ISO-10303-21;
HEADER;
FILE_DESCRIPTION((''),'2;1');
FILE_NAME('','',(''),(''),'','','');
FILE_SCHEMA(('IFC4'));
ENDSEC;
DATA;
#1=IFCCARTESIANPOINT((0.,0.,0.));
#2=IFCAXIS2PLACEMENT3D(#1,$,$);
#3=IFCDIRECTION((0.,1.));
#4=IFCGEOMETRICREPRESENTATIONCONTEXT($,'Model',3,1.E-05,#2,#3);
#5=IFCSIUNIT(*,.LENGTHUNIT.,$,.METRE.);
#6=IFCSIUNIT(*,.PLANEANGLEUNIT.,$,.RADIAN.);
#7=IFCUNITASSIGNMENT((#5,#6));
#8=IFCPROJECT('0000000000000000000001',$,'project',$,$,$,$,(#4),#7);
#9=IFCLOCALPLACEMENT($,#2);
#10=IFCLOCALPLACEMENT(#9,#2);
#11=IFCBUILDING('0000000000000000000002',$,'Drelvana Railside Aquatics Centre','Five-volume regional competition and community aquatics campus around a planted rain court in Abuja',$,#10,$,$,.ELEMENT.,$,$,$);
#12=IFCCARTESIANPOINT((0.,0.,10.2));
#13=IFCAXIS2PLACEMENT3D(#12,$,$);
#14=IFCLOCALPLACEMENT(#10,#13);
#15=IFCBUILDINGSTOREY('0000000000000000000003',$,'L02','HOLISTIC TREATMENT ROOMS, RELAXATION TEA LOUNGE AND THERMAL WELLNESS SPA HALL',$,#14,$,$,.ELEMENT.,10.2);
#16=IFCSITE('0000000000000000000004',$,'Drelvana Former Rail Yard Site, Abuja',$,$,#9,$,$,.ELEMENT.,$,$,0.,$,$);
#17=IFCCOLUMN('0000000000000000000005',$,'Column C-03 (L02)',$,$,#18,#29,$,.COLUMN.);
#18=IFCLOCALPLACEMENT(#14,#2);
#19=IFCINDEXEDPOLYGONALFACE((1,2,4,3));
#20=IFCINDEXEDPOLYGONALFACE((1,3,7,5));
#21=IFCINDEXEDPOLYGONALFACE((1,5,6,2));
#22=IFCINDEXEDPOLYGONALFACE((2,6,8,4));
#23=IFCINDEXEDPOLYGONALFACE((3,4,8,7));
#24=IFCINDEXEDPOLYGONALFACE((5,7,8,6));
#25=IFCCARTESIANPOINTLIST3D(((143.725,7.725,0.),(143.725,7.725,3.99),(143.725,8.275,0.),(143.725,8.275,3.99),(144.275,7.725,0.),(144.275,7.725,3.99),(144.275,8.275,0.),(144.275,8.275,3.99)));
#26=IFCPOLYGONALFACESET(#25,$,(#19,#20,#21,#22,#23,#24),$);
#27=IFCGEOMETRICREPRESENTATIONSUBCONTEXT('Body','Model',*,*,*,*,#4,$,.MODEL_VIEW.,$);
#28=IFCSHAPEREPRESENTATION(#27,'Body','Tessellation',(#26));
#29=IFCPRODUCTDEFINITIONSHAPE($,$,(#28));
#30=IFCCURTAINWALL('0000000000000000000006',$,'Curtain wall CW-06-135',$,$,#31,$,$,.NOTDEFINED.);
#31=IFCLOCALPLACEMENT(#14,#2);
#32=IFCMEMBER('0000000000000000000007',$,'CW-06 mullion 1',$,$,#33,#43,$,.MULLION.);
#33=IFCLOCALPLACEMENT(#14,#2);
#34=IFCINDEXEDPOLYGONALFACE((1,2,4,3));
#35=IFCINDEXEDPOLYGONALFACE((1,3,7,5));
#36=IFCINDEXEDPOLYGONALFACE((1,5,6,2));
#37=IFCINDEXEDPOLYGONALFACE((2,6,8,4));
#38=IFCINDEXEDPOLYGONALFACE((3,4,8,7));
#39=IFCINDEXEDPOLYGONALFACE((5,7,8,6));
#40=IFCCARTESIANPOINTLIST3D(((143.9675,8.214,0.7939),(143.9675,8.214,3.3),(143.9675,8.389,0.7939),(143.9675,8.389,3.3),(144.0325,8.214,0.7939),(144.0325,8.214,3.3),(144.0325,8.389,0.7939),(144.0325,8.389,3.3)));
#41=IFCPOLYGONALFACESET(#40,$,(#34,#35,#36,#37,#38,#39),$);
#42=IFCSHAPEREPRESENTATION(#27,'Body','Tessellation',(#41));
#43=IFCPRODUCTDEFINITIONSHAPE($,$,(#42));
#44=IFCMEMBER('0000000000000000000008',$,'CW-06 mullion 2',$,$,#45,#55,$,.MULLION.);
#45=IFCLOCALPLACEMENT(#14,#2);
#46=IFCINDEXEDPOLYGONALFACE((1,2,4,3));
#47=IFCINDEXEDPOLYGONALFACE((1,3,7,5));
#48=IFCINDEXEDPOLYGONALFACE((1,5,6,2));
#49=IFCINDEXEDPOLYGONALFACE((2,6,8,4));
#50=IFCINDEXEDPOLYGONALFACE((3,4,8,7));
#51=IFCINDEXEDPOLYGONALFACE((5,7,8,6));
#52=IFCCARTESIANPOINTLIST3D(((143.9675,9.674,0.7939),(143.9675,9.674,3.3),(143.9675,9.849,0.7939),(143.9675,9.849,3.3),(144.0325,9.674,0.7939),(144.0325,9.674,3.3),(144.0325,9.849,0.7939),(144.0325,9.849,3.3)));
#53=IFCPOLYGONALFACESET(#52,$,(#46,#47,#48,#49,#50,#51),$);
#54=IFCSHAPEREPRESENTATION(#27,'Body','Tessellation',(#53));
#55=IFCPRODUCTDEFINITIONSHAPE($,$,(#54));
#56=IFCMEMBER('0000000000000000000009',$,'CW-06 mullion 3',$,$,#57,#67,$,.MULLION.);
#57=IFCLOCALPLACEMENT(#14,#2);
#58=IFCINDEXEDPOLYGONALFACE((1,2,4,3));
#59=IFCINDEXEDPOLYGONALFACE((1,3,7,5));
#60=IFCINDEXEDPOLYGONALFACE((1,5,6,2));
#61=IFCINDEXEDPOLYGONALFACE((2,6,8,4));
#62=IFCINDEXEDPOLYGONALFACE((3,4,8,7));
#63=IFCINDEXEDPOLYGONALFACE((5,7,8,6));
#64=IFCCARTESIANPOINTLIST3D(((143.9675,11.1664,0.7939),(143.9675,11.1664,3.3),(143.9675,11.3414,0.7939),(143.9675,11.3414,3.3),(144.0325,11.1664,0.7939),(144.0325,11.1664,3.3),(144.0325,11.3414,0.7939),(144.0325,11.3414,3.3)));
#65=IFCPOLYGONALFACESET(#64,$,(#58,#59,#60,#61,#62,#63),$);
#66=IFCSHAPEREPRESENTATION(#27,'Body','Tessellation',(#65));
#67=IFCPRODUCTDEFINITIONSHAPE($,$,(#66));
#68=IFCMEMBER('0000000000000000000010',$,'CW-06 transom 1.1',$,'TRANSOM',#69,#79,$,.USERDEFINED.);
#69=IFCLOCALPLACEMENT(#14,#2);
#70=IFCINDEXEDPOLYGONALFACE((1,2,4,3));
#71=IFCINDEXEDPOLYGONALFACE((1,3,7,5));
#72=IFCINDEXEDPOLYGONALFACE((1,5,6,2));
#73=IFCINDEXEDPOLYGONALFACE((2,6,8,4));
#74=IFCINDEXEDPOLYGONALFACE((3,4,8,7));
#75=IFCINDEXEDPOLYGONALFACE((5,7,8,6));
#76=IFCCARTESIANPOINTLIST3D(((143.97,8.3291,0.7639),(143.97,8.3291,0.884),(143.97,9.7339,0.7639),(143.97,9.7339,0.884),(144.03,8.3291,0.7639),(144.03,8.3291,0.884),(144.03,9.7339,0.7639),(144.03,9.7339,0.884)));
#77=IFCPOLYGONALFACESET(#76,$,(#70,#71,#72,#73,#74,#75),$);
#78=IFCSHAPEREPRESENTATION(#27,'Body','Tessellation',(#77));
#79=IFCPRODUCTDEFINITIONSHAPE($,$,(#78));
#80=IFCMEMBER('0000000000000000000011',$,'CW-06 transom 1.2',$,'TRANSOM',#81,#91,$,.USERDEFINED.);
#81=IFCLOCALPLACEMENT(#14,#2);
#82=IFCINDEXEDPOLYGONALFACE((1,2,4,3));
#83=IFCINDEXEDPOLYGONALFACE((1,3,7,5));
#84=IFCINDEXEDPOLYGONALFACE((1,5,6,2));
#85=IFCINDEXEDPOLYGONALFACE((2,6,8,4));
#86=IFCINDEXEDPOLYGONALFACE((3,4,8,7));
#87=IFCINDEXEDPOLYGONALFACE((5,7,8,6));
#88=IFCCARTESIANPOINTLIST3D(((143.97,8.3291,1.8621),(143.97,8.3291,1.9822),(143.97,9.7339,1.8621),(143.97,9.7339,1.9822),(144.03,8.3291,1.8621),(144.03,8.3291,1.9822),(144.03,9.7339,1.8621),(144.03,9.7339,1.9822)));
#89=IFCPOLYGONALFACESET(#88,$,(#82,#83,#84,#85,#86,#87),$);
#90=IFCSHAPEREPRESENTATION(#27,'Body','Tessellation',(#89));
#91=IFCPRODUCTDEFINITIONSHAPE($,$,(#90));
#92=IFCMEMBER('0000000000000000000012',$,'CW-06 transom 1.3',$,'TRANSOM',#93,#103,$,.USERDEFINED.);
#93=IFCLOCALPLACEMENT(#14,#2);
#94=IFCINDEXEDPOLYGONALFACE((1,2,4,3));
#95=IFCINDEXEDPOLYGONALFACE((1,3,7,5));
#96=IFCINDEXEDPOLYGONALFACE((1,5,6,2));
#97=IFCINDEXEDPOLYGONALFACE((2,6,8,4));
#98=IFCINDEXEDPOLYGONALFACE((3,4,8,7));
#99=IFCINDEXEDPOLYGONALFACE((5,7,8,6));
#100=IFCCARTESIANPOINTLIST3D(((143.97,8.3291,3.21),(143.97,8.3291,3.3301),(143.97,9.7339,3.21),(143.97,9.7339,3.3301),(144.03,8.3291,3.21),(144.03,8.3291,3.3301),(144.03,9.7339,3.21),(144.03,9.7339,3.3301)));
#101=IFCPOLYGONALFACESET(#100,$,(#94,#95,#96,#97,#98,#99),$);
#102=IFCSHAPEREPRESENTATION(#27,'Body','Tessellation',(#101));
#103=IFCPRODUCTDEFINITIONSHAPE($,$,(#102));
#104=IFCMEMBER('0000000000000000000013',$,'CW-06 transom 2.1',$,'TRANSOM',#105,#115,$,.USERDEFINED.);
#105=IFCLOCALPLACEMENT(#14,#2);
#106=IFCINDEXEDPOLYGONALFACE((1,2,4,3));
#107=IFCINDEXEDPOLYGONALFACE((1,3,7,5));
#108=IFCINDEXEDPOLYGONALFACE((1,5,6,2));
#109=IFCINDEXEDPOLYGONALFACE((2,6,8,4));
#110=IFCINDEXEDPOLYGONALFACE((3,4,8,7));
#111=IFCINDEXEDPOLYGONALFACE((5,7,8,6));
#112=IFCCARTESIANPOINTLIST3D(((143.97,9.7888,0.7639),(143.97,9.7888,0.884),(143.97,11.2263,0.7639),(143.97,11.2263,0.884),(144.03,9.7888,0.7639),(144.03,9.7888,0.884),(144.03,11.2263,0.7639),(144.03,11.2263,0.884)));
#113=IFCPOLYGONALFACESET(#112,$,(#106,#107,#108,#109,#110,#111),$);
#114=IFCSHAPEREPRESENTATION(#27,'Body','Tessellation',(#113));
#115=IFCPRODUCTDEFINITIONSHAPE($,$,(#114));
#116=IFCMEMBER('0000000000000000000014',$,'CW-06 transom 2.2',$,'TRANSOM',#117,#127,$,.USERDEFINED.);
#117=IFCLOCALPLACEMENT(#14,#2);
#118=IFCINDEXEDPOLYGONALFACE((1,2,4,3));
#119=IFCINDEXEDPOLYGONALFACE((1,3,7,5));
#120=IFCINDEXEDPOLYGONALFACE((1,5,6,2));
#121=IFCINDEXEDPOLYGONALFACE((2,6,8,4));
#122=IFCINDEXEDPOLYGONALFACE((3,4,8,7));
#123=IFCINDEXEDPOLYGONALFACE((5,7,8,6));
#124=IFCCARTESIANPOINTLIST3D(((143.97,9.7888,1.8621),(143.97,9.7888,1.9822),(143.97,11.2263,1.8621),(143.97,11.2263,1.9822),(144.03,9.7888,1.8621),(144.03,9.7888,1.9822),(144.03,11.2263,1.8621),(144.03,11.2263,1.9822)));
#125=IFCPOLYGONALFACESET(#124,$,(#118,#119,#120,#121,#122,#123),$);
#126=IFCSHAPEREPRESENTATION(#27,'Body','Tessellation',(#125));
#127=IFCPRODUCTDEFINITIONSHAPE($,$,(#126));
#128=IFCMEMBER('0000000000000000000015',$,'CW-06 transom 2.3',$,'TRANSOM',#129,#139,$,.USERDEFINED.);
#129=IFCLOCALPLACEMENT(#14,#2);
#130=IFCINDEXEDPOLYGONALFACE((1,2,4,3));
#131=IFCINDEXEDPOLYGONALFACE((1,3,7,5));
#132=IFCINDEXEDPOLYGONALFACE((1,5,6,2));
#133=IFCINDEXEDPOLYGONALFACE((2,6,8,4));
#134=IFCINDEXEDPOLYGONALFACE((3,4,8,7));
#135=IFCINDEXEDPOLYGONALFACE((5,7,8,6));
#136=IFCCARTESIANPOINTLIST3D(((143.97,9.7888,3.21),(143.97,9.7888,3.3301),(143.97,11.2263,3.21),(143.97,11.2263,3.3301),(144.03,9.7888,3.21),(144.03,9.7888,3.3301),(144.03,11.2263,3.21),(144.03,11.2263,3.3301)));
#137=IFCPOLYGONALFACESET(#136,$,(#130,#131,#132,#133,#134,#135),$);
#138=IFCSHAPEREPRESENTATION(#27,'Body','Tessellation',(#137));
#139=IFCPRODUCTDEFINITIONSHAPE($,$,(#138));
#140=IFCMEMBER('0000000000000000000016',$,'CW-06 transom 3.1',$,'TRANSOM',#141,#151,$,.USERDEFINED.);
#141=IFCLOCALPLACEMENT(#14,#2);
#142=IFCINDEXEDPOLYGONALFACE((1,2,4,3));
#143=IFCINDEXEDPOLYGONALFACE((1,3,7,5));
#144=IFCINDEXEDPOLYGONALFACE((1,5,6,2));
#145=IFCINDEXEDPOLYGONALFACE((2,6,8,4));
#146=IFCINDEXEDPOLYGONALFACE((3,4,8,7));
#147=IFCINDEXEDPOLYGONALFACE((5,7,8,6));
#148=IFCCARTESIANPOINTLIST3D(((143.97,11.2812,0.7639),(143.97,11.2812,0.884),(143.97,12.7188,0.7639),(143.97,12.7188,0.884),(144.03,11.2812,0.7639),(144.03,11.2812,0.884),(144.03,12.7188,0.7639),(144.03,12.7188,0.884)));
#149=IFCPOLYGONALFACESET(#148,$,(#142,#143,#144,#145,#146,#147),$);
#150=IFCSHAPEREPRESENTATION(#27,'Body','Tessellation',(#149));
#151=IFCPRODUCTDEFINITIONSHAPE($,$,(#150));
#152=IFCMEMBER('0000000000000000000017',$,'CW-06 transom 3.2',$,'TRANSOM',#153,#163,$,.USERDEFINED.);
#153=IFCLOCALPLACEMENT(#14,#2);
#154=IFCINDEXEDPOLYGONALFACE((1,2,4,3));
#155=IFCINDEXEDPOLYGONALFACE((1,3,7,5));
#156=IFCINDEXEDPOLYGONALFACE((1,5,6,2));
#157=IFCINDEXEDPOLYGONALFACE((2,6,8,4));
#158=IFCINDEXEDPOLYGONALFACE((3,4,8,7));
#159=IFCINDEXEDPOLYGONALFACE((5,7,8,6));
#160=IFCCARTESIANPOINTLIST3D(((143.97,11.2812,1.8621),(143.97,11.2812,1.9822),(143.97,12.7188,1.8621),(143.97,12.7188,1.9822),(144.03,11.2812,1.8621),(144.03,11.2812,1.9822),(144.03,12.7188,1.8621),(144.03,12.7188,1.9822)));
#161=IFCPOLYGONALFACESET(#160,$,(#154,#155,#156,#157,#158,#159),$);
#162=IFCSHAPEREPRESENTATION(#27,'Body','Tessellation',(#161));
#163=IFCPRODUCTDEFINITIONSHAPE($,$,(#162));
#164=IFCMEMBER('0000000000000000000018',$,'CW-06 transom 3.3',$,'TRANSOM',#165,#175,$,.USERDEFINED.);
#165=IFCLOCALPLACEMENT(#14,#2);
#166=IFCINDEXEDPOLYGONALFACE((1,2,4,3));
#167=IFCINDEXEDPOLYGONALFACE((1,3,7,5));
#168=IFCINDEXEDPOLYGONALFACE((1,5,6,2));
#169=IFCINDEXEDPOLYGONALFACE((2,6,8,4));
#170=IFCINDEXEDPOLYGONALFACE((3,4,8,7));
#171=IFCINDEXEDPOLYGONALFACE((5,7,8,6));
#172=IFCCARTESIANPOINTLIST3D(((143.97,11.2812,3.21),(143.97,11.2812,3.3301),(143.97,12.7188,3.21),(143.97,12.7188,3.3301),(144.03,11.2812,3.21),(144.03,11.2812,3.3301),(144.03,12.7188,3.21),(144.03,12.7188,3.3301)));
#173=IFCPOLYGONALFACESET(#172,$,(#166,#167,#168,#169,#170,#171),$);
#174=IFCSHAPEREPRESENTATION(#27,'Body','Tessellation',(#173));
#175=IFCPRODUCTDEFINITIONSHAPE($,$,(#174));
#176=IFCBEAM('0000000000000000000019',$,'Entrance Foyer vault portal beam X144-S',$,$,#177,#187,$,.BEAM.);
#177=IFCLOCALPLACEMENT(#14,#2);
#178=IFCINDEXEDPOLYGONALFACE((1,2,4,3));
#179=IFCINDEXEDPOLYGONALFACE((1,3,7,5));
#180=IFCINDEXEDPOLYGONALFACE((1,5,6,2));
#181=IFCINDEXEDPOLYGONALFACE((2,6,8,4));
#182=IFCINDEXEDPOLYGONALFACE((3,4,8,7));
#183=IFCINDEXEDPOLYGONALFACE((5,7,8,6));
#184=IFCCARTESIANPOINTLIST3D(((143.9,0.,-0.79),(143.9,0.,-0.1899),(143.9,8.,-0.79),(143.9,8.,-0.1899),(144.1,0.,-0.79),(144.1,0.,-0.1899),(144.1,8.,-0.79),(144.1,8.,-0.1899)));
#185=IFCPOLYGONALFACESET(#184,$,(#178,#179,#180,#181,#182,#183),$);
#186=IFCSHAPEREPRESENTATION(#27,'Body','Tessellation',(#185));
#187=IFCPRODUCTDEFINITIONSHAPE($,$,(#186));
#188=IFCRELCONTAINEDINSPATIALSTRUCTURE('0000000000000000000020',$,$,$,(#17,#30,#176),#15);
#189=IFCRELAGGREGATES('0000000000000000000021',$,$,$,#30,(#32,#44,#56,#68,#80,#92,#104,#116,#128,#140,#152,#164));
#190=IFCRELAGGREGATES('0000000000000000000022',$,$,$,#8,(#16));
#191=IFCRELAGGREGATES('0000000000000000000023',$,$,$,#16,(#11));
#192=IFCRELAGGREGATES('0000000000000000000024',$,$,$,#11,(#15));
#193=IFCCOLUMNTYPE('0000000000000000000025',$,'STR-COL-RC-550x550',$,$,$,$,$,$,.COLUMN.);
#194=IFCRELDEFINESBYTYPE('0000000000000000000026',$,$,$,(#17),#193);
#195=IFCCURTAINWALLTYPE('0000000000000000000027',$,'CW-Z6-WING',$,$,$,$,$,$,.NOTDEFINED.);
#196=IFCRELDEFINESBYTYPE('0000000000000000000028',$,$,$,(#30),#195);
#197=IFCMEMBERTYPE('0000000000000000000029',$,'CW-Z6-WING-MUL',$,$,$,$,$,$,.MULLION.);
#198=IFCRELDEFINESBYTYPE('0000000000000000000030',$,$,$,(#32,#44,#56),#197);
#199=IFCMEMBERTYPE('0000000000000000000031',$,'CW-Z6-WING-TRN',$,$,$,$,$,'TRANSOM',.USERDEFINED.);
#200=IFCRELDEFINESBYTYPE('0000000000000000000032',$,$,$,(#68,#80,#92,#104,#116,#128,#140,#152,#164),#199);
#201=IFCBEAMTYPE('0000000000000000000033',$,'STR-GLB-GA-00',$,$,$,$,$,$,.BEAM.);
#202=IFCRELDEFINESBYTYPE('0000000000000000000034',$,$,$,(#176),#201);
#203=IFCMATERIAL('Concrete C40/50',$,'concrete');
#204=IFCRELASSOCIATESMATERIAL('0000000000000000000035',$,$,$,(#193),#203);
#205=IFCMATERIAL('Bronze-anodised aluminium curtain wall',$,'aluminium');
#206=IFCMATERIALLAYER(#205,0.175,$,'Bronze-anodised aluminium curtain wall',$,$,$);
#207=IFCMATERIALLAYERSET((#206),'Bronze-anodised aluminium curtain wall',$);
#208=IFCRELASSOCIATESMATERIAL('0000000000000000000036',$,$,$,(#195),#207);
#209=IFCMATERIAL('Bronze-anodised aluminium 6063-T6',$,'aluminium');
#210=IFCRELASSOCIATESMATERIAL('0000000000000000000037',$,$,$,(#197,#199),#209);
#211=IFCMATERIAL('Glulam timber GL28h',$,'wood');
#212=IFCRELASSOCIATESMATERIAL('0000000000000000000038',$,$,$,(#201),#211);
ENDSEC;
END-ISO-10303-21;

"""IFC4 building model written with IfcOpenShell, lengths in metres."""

from ifc_helpers import new_model, si_unit, direction, frame, origin, origin_2d, place, context, subcontext, project, spatial, rectangle, extrude, material, layer, layer_set, material_profile, profile_set, type_object, element, aggregate, save


model = new_model("IFC4")

# Units and contexts
model_context = context("Model", 3, precision=1e-05, world=origin(), true_north=direction((0.0, 1.0)))
body_context = subcontext(model_context, "Body", "Model", "MODEL_VIEW")
ifc_project = project(units=[si_unit("LENGTHUNIT", "METRE"), si_unit("PLANEANGLEUNIT", "RADIAN")], contexts=[model_context])

# Site, building, storey
site_placement = place(None, origin())
site = spatial("IfcSite", under=ifc_project, at=site_placement, Name="Drelvana Former Rail Yard Site, Abuja", CompositionType="ELEMENT", RefElevation=0.0)
building_placement = place(site_placement, origin())
building = spatial("IfcBuilding", under=site, at=building_placement, Name="Drelvana Railside Aquatics Centre", Description="Five-volume regional competition and community aquatics campus around a planted rain court in Abuja", CompositionType="ELEMENT")
storey_placement = place(building_placement, frame((0.0, 0.0, 10.2)))
storey = spatial("IfcBuildingStorey", under=building, at=storey_placement, Name="L02", Description="HOLISTIC TREATMENT ROOMS, RELAXATION TEA LOUNGE AND THERMAL WELLNESS SPA HALL", CompositionType="ELEMENT", Elevation=10.2)

# Column
ifc_material_1 = material(Name="Concrete C40/50", Category="concrete")
ifc_material_profile_1 = material_profile(ifc_material_1, rectangle(XDim=0.55, YDim=0.55, at=origin_2d()), Name="RC 550x550")
ifc_profile_set_1 = profile_set([ifc_material_profile_1], Name="Concrete C40/50")
column_type = type_object("IfcColumnType", Name="STR-COL-RC-550x550", PredefinedType="COLUMN", material=ifc_profile_set_1)
column_placement = place(storey_placement, frame((144.0, 8.0, 0.0), z_axis=(0.0, 0.0, 1.0), x_axis=(1.0, 0.0, 0.0)))
element("IfcColumn", 1, at=column_placement, inside=storey, type_object=column_type, Name="Column C-03 (L02)", PredefinedType="COLUMN", context=body_context, shape_type="SweptSolid", body=[
    extrude(rectangle(XDim=0.55, YDim=0.55, at=origin_2d()), origin(), (0.0, 0.0, 1.0), 3.99),
])

# Curtain wall, members
ifc_material_2 = material(Name="Bronze-anodised aluminium curtain wall", Category="aluminium")
ifc_layer_1 = layer(ifc_material_2, 0.175, Name="Bronze-anodised aluminium curtain wall")
ifc_layer_set_1 = layer_set([ifc_layer_1], Name="Bronze-anodised aluminium curtain wall")
curtain_wall_type = type_object("IfcCurtainWallType", Name="CW-Z6-WING", PredefinedType="NOTDEFINED", material=ifc_layer_set_1)
curtain_wall_placement = place(storey_placement, origin())
curtain_wall = element("IfcCurtainWall", 2, at=curtain_wall_placement, inside=storey, type_object=curtain_wall_type, Name="Curtain wall CW-06-135", PredefinedType="NOTDEFINED")
ifc_material_3 = material(Name="Bronze-anodised aluminium 6063-T6", Category="aluminium")
ifc_material_profile_2 = material_profile(ifc_material_3, rectangle(XDim=0.0649, YDim=0.175, at=origin_2d()), Name="ALU-M 65x175")
ifc_profile_set_2 = profile_set([ifc_material_profile_2], Name="Bronze-anodised aluminium 6063-T6")
member_type_1 = type_object("IfcMemberType", Name="CW-Z6-WING-MUL", PredefinedType="MULLION", material=ifc_profile_set_2)
member_1_placement = place(storey_placement, frame((144.0, 8.3015, 0.7939), z_axis=(0.0, 0.0, 1.0), x_axis=(-1.0, 0.0, 0.0)))
member_1 = element("IfcMember", 3, at=member_1_placement, type_object=member_type_1, Name="CW-06 mullion 1", PredefinedType="MULLION", context=body_context, shape_type="SweptSolid", body=[
    extrude(rectangle(XDim=0.0649, YDim=0.175, at=origin_2d()), origin(), (0.0, 0.0, 1.0), 2.5061),
])
member_2_placement = place(storey_placement, frame((144.0, 9.7615, 0.7939), z_axis=(0.0, 0.0, 1.0), x_axis=(-1.0, 0.0, 0.0)))
member_2 = element("IfcMember", 4, at=member_2_placement, type_object=member_type_1, Name="CW-06 mullion 2", PredefinedType="MULLION", context=body_context, shape_type="SweptSolid", body=[
    extrude(rectangle(XDim=0.0649, YDim=0.175, at=origin_2d()), origin(), (0.0, 0.0, 1.0), 2.5061),
])
member_3_placement = place(storey_placement, frame((144.0, 11.2539, 0.7939), z_axis=(0.0, 0.0, 1.0), x_axis=(-1.0, 0.0, 0.0)))
member_3 = element("IfcMember", 5, at=member_3_placement, type_object=member_type_1, Name="CW-06 mullion 3", PredefinedType="MULLION", context=body_context, shape_type="SweptSolid", body=[
    extrude(rectangle(XDim=0.0649, YDim=0.175, at=origin_2d()), origin(), (0.0, 0.0, 1.0), 2.5061),
])
ifc_material_profile_3 = material_profile(ifc_material_3, rectangle(XDim=0.1201, YDim=0.0601, at=origin_2d()), Name="ALU-T 60x120")
ifc_profile_set_3 = profile_set([ifc_material_profile_3], Name="Bronze-anodised aluminium 6063-T6")
member_type_2 = type_object("IfcMemberType", Name="CW-Z6-WING-TRN", ElementType="TRANSOM", PredefinedType="USERDEFINED", material=ifc_profile_set_3)
member_4_placement = place(storey_placement, frame((144.0, 8.3291, 0.824), z_axis=(0.0, 1.0, 0.0), x_axis=(0.0, 0.0, 1.0)))
member_4 = element("IfcMember", 6, at=member_4_placement, type_object=member_type_2, Name="CW-06 transom 1.1", ObjectType="TRANSOM", PredefinedType="USERDEFINED", context=body_context, shape_type="SweptSolid", body=[
    extrude(rectangle(XDim=0.1201, YDim=0.0601, at=origin_2d()), origin(), (0.0, 0.0, 1.0), 1.4048),
])
member_5_placement = place(storey_placement, frame((144.0, 8.3291, 1.9221), z_axis=(0.0, 1.0, 0.0), x_axis=(0.0, 0.0, 1.0)))
member_5 = element("IfcMember", 7, at=member_5_placement, type_object=member_type_2, Name="CW-06 transom 1.2", ObjectType="TRANSOM", PredefinedType="USERDEFINED", context=body_context, shape_type="SweptSolid", body=[
    extrude(rectangle(XDim=0.1201, YDim=0.0601, at=origin_2d()), origin(), (0.0, 0.0, 1.0), 1.4048),
])
member_6_placement = place(storey_placement, frame((144.0, 8.3291, 3.27), z_axis=(0.0, 1.0, 0.0), x_axis=(0.0, 0.0, 1.0)))
member_6 = element("IfcMember", 8, at=member_6_placement, type_object=member_type_2, Name="CW-06 transom 1.3", ObjectType="TRANSOM", PredefinedType="USERDEFINED", context=body_context, shape_type="SweptSolid", body=[
    extrude(rectangle(XDim=0.1201, YDim=0.0601, at=origin_2d()), origin(), (0.0, 0.0, 1.0), 1.4048),
])
member_7_placement = place(storey_placement, frame((144.0, 9.7888, 0.824), z_axis=(0.0, 1.0, 0.0), x_axis=(0.0, 0.0, 1.0)))
member_7 = element("IfcMember", 9, at=member_7_placement, type_object=member_type_2, Name="CW-06 transom 2.1", ObjectType="TRANSOM", PredefinedType="USERDEFINED", context=body_context, shape_type="SweptSolid", body=[
    extrude(rectangle(XDim=0.1201, YDim=0.0601, at=origin_2d()), origin(), (0.0, 0.0, 1.0), 1.4375),
])
member_8_placement = place(storey_placement, frame((144.0, 9.7888, 1.9221), z_axis=(0.0, 1.0, 0.0), x_axis=(0.0, 0.0, 1.0)))
member_8 = element("IfcMember", 10, at=member_8_placement, type_object=member_type_2, Name="CW-06 transom 2.2", ObjectType="TRANSOM", PredefinedType="USERDEFINED", context=body_context, shape_type="SweptSolid", body=[
    extrude(rectangle(XDim=0.1201, YDim=0.0601, at=origin_2d()), origin(), (0.0, 0.0, 1.0), 1.4375),
])
member_9_placement = place(storey_placement, frame((144.0, 9.7888, 3.27), z_axis=(0.0, 1.0, 0.0), x_axis=(0.0, 0.0, 1.0)))
member_9 = element("IfcMember", 11, at=member_9_placement, type_object=member_type_2, Name="CW-06 transom 2.3", ObjectType="TRANSOM", PredefinedType="USERDEFINED", context=body_context, shape_type="SweptSolid", body=[
    extrude(rectangle(XDim=0.1201, YDim=0.0601, at=origin_2d()), origin(), (0.0, 0.0, 1.0), 1.4375),
])
member_10_placement = place(storey_placement, frame((144.0, 11.2812, 0.824), z_axis=(0.0, 1.0, 0.0), x_axis=(0.0, 0.0, 1.0)))
member_10 = element("IfcMember", 12, at=member_10_placement, type_object=member_type_2, Name="CW-06 transom 3.1", ObjectType="TRANSOM", PredefinedType="USERDEFINED", context=body_context, shape_type="SweptSolid", body=[
    extrude(rectangle(XDim=0.1201, YDim=0.0601, at=origin_2d()), origin(), (0.0, 0.0, 1.0), 1.4375),
])
member_11_placement = place(storey_placement, frame((144.0, 11.2812, 1.9221), z_axis=(0.0, 1.0, 0.0), x_axis=(0.0, 0.0, 1.0)))
member_11 = element("IfcMember", 13, at=member_11_placement, type_object=member_type_2, Name="CW-06 transom 3.2", ObjectType="TRANSOM", PredefinedType="USERDEFINED", context=body_context, shape_type="SweptSolid", body=[
    extrude(rectangle(XDim=0.1201, YDim=0.0601, at=origin_2d()), origin(), (0.0, 0.0, 1.0), 1.4375),
])
member_12_placement = place(storey_placement, frame((144.0, 11.2812, 3.27), z_axis=(0.0, 1.0, 0.0), x_axis=(0.0, 0.0, 1.0)))
member_12 = element("IfcMember", 14, at=member_12_placement, type_object=member_type_2, Name="CW-06 transom 3.3", ObjectType="TRANSOM", PredefinedType="USERDEFINED", context=body_context, shape_type="SweptSolid", body=[
    extrude(rectangle(XDim=0.1201, YDim=0.0601, at=origin_2d()), origin(), (0.0, 0.0, 1.0), 1.4375),
])

# Beam
ifc_material_4 = material(Name="Glulam timber GL28h", Category="wood")
ifc_material_profile_4 = material_profile(ifc_material_4, rectangle(XDim=0.2, YDim=0.6001, at=origin_2d()), Name="GL28h 200x600")
ifc_profile_set_4 = profile_set([ifc_material_profile_4], Name="Glulam timber GL28h")
beam_type_1 = type_object("IfcBeamType", Name="STR-GLB-GA-00", PredefinedType="BEAM", material=ifc_profile_set_4)
beam_1_placement = place(storey_placement, frame((144.0, 0.0, -0.49), z_axis=(0.0, 1.0, 0.0), x_axis=(-1.0, 0.0, 0.0)))
element("IfcBeam", 15, at=beam_1_placement, inside=storey, type_object=beam_type_1, Name="Entrance Foyer vault portal beam X144-S", PredefinedType="BEAM", context=body_context, shape_type="SweptSolid", body=[
    extrude(rectangle(XDim=0.2, YDim=0.6001, at=origin_2d()), origin(), (0.0, 0.0, 1.0), 8.0),
])

aggregate(curtain_wall, [member_1, member_2, member_3, member_4, member_5, member_6, member_7, member_8, member_9, member_10, member_11, member_12])

save(model, "model.ifc")
